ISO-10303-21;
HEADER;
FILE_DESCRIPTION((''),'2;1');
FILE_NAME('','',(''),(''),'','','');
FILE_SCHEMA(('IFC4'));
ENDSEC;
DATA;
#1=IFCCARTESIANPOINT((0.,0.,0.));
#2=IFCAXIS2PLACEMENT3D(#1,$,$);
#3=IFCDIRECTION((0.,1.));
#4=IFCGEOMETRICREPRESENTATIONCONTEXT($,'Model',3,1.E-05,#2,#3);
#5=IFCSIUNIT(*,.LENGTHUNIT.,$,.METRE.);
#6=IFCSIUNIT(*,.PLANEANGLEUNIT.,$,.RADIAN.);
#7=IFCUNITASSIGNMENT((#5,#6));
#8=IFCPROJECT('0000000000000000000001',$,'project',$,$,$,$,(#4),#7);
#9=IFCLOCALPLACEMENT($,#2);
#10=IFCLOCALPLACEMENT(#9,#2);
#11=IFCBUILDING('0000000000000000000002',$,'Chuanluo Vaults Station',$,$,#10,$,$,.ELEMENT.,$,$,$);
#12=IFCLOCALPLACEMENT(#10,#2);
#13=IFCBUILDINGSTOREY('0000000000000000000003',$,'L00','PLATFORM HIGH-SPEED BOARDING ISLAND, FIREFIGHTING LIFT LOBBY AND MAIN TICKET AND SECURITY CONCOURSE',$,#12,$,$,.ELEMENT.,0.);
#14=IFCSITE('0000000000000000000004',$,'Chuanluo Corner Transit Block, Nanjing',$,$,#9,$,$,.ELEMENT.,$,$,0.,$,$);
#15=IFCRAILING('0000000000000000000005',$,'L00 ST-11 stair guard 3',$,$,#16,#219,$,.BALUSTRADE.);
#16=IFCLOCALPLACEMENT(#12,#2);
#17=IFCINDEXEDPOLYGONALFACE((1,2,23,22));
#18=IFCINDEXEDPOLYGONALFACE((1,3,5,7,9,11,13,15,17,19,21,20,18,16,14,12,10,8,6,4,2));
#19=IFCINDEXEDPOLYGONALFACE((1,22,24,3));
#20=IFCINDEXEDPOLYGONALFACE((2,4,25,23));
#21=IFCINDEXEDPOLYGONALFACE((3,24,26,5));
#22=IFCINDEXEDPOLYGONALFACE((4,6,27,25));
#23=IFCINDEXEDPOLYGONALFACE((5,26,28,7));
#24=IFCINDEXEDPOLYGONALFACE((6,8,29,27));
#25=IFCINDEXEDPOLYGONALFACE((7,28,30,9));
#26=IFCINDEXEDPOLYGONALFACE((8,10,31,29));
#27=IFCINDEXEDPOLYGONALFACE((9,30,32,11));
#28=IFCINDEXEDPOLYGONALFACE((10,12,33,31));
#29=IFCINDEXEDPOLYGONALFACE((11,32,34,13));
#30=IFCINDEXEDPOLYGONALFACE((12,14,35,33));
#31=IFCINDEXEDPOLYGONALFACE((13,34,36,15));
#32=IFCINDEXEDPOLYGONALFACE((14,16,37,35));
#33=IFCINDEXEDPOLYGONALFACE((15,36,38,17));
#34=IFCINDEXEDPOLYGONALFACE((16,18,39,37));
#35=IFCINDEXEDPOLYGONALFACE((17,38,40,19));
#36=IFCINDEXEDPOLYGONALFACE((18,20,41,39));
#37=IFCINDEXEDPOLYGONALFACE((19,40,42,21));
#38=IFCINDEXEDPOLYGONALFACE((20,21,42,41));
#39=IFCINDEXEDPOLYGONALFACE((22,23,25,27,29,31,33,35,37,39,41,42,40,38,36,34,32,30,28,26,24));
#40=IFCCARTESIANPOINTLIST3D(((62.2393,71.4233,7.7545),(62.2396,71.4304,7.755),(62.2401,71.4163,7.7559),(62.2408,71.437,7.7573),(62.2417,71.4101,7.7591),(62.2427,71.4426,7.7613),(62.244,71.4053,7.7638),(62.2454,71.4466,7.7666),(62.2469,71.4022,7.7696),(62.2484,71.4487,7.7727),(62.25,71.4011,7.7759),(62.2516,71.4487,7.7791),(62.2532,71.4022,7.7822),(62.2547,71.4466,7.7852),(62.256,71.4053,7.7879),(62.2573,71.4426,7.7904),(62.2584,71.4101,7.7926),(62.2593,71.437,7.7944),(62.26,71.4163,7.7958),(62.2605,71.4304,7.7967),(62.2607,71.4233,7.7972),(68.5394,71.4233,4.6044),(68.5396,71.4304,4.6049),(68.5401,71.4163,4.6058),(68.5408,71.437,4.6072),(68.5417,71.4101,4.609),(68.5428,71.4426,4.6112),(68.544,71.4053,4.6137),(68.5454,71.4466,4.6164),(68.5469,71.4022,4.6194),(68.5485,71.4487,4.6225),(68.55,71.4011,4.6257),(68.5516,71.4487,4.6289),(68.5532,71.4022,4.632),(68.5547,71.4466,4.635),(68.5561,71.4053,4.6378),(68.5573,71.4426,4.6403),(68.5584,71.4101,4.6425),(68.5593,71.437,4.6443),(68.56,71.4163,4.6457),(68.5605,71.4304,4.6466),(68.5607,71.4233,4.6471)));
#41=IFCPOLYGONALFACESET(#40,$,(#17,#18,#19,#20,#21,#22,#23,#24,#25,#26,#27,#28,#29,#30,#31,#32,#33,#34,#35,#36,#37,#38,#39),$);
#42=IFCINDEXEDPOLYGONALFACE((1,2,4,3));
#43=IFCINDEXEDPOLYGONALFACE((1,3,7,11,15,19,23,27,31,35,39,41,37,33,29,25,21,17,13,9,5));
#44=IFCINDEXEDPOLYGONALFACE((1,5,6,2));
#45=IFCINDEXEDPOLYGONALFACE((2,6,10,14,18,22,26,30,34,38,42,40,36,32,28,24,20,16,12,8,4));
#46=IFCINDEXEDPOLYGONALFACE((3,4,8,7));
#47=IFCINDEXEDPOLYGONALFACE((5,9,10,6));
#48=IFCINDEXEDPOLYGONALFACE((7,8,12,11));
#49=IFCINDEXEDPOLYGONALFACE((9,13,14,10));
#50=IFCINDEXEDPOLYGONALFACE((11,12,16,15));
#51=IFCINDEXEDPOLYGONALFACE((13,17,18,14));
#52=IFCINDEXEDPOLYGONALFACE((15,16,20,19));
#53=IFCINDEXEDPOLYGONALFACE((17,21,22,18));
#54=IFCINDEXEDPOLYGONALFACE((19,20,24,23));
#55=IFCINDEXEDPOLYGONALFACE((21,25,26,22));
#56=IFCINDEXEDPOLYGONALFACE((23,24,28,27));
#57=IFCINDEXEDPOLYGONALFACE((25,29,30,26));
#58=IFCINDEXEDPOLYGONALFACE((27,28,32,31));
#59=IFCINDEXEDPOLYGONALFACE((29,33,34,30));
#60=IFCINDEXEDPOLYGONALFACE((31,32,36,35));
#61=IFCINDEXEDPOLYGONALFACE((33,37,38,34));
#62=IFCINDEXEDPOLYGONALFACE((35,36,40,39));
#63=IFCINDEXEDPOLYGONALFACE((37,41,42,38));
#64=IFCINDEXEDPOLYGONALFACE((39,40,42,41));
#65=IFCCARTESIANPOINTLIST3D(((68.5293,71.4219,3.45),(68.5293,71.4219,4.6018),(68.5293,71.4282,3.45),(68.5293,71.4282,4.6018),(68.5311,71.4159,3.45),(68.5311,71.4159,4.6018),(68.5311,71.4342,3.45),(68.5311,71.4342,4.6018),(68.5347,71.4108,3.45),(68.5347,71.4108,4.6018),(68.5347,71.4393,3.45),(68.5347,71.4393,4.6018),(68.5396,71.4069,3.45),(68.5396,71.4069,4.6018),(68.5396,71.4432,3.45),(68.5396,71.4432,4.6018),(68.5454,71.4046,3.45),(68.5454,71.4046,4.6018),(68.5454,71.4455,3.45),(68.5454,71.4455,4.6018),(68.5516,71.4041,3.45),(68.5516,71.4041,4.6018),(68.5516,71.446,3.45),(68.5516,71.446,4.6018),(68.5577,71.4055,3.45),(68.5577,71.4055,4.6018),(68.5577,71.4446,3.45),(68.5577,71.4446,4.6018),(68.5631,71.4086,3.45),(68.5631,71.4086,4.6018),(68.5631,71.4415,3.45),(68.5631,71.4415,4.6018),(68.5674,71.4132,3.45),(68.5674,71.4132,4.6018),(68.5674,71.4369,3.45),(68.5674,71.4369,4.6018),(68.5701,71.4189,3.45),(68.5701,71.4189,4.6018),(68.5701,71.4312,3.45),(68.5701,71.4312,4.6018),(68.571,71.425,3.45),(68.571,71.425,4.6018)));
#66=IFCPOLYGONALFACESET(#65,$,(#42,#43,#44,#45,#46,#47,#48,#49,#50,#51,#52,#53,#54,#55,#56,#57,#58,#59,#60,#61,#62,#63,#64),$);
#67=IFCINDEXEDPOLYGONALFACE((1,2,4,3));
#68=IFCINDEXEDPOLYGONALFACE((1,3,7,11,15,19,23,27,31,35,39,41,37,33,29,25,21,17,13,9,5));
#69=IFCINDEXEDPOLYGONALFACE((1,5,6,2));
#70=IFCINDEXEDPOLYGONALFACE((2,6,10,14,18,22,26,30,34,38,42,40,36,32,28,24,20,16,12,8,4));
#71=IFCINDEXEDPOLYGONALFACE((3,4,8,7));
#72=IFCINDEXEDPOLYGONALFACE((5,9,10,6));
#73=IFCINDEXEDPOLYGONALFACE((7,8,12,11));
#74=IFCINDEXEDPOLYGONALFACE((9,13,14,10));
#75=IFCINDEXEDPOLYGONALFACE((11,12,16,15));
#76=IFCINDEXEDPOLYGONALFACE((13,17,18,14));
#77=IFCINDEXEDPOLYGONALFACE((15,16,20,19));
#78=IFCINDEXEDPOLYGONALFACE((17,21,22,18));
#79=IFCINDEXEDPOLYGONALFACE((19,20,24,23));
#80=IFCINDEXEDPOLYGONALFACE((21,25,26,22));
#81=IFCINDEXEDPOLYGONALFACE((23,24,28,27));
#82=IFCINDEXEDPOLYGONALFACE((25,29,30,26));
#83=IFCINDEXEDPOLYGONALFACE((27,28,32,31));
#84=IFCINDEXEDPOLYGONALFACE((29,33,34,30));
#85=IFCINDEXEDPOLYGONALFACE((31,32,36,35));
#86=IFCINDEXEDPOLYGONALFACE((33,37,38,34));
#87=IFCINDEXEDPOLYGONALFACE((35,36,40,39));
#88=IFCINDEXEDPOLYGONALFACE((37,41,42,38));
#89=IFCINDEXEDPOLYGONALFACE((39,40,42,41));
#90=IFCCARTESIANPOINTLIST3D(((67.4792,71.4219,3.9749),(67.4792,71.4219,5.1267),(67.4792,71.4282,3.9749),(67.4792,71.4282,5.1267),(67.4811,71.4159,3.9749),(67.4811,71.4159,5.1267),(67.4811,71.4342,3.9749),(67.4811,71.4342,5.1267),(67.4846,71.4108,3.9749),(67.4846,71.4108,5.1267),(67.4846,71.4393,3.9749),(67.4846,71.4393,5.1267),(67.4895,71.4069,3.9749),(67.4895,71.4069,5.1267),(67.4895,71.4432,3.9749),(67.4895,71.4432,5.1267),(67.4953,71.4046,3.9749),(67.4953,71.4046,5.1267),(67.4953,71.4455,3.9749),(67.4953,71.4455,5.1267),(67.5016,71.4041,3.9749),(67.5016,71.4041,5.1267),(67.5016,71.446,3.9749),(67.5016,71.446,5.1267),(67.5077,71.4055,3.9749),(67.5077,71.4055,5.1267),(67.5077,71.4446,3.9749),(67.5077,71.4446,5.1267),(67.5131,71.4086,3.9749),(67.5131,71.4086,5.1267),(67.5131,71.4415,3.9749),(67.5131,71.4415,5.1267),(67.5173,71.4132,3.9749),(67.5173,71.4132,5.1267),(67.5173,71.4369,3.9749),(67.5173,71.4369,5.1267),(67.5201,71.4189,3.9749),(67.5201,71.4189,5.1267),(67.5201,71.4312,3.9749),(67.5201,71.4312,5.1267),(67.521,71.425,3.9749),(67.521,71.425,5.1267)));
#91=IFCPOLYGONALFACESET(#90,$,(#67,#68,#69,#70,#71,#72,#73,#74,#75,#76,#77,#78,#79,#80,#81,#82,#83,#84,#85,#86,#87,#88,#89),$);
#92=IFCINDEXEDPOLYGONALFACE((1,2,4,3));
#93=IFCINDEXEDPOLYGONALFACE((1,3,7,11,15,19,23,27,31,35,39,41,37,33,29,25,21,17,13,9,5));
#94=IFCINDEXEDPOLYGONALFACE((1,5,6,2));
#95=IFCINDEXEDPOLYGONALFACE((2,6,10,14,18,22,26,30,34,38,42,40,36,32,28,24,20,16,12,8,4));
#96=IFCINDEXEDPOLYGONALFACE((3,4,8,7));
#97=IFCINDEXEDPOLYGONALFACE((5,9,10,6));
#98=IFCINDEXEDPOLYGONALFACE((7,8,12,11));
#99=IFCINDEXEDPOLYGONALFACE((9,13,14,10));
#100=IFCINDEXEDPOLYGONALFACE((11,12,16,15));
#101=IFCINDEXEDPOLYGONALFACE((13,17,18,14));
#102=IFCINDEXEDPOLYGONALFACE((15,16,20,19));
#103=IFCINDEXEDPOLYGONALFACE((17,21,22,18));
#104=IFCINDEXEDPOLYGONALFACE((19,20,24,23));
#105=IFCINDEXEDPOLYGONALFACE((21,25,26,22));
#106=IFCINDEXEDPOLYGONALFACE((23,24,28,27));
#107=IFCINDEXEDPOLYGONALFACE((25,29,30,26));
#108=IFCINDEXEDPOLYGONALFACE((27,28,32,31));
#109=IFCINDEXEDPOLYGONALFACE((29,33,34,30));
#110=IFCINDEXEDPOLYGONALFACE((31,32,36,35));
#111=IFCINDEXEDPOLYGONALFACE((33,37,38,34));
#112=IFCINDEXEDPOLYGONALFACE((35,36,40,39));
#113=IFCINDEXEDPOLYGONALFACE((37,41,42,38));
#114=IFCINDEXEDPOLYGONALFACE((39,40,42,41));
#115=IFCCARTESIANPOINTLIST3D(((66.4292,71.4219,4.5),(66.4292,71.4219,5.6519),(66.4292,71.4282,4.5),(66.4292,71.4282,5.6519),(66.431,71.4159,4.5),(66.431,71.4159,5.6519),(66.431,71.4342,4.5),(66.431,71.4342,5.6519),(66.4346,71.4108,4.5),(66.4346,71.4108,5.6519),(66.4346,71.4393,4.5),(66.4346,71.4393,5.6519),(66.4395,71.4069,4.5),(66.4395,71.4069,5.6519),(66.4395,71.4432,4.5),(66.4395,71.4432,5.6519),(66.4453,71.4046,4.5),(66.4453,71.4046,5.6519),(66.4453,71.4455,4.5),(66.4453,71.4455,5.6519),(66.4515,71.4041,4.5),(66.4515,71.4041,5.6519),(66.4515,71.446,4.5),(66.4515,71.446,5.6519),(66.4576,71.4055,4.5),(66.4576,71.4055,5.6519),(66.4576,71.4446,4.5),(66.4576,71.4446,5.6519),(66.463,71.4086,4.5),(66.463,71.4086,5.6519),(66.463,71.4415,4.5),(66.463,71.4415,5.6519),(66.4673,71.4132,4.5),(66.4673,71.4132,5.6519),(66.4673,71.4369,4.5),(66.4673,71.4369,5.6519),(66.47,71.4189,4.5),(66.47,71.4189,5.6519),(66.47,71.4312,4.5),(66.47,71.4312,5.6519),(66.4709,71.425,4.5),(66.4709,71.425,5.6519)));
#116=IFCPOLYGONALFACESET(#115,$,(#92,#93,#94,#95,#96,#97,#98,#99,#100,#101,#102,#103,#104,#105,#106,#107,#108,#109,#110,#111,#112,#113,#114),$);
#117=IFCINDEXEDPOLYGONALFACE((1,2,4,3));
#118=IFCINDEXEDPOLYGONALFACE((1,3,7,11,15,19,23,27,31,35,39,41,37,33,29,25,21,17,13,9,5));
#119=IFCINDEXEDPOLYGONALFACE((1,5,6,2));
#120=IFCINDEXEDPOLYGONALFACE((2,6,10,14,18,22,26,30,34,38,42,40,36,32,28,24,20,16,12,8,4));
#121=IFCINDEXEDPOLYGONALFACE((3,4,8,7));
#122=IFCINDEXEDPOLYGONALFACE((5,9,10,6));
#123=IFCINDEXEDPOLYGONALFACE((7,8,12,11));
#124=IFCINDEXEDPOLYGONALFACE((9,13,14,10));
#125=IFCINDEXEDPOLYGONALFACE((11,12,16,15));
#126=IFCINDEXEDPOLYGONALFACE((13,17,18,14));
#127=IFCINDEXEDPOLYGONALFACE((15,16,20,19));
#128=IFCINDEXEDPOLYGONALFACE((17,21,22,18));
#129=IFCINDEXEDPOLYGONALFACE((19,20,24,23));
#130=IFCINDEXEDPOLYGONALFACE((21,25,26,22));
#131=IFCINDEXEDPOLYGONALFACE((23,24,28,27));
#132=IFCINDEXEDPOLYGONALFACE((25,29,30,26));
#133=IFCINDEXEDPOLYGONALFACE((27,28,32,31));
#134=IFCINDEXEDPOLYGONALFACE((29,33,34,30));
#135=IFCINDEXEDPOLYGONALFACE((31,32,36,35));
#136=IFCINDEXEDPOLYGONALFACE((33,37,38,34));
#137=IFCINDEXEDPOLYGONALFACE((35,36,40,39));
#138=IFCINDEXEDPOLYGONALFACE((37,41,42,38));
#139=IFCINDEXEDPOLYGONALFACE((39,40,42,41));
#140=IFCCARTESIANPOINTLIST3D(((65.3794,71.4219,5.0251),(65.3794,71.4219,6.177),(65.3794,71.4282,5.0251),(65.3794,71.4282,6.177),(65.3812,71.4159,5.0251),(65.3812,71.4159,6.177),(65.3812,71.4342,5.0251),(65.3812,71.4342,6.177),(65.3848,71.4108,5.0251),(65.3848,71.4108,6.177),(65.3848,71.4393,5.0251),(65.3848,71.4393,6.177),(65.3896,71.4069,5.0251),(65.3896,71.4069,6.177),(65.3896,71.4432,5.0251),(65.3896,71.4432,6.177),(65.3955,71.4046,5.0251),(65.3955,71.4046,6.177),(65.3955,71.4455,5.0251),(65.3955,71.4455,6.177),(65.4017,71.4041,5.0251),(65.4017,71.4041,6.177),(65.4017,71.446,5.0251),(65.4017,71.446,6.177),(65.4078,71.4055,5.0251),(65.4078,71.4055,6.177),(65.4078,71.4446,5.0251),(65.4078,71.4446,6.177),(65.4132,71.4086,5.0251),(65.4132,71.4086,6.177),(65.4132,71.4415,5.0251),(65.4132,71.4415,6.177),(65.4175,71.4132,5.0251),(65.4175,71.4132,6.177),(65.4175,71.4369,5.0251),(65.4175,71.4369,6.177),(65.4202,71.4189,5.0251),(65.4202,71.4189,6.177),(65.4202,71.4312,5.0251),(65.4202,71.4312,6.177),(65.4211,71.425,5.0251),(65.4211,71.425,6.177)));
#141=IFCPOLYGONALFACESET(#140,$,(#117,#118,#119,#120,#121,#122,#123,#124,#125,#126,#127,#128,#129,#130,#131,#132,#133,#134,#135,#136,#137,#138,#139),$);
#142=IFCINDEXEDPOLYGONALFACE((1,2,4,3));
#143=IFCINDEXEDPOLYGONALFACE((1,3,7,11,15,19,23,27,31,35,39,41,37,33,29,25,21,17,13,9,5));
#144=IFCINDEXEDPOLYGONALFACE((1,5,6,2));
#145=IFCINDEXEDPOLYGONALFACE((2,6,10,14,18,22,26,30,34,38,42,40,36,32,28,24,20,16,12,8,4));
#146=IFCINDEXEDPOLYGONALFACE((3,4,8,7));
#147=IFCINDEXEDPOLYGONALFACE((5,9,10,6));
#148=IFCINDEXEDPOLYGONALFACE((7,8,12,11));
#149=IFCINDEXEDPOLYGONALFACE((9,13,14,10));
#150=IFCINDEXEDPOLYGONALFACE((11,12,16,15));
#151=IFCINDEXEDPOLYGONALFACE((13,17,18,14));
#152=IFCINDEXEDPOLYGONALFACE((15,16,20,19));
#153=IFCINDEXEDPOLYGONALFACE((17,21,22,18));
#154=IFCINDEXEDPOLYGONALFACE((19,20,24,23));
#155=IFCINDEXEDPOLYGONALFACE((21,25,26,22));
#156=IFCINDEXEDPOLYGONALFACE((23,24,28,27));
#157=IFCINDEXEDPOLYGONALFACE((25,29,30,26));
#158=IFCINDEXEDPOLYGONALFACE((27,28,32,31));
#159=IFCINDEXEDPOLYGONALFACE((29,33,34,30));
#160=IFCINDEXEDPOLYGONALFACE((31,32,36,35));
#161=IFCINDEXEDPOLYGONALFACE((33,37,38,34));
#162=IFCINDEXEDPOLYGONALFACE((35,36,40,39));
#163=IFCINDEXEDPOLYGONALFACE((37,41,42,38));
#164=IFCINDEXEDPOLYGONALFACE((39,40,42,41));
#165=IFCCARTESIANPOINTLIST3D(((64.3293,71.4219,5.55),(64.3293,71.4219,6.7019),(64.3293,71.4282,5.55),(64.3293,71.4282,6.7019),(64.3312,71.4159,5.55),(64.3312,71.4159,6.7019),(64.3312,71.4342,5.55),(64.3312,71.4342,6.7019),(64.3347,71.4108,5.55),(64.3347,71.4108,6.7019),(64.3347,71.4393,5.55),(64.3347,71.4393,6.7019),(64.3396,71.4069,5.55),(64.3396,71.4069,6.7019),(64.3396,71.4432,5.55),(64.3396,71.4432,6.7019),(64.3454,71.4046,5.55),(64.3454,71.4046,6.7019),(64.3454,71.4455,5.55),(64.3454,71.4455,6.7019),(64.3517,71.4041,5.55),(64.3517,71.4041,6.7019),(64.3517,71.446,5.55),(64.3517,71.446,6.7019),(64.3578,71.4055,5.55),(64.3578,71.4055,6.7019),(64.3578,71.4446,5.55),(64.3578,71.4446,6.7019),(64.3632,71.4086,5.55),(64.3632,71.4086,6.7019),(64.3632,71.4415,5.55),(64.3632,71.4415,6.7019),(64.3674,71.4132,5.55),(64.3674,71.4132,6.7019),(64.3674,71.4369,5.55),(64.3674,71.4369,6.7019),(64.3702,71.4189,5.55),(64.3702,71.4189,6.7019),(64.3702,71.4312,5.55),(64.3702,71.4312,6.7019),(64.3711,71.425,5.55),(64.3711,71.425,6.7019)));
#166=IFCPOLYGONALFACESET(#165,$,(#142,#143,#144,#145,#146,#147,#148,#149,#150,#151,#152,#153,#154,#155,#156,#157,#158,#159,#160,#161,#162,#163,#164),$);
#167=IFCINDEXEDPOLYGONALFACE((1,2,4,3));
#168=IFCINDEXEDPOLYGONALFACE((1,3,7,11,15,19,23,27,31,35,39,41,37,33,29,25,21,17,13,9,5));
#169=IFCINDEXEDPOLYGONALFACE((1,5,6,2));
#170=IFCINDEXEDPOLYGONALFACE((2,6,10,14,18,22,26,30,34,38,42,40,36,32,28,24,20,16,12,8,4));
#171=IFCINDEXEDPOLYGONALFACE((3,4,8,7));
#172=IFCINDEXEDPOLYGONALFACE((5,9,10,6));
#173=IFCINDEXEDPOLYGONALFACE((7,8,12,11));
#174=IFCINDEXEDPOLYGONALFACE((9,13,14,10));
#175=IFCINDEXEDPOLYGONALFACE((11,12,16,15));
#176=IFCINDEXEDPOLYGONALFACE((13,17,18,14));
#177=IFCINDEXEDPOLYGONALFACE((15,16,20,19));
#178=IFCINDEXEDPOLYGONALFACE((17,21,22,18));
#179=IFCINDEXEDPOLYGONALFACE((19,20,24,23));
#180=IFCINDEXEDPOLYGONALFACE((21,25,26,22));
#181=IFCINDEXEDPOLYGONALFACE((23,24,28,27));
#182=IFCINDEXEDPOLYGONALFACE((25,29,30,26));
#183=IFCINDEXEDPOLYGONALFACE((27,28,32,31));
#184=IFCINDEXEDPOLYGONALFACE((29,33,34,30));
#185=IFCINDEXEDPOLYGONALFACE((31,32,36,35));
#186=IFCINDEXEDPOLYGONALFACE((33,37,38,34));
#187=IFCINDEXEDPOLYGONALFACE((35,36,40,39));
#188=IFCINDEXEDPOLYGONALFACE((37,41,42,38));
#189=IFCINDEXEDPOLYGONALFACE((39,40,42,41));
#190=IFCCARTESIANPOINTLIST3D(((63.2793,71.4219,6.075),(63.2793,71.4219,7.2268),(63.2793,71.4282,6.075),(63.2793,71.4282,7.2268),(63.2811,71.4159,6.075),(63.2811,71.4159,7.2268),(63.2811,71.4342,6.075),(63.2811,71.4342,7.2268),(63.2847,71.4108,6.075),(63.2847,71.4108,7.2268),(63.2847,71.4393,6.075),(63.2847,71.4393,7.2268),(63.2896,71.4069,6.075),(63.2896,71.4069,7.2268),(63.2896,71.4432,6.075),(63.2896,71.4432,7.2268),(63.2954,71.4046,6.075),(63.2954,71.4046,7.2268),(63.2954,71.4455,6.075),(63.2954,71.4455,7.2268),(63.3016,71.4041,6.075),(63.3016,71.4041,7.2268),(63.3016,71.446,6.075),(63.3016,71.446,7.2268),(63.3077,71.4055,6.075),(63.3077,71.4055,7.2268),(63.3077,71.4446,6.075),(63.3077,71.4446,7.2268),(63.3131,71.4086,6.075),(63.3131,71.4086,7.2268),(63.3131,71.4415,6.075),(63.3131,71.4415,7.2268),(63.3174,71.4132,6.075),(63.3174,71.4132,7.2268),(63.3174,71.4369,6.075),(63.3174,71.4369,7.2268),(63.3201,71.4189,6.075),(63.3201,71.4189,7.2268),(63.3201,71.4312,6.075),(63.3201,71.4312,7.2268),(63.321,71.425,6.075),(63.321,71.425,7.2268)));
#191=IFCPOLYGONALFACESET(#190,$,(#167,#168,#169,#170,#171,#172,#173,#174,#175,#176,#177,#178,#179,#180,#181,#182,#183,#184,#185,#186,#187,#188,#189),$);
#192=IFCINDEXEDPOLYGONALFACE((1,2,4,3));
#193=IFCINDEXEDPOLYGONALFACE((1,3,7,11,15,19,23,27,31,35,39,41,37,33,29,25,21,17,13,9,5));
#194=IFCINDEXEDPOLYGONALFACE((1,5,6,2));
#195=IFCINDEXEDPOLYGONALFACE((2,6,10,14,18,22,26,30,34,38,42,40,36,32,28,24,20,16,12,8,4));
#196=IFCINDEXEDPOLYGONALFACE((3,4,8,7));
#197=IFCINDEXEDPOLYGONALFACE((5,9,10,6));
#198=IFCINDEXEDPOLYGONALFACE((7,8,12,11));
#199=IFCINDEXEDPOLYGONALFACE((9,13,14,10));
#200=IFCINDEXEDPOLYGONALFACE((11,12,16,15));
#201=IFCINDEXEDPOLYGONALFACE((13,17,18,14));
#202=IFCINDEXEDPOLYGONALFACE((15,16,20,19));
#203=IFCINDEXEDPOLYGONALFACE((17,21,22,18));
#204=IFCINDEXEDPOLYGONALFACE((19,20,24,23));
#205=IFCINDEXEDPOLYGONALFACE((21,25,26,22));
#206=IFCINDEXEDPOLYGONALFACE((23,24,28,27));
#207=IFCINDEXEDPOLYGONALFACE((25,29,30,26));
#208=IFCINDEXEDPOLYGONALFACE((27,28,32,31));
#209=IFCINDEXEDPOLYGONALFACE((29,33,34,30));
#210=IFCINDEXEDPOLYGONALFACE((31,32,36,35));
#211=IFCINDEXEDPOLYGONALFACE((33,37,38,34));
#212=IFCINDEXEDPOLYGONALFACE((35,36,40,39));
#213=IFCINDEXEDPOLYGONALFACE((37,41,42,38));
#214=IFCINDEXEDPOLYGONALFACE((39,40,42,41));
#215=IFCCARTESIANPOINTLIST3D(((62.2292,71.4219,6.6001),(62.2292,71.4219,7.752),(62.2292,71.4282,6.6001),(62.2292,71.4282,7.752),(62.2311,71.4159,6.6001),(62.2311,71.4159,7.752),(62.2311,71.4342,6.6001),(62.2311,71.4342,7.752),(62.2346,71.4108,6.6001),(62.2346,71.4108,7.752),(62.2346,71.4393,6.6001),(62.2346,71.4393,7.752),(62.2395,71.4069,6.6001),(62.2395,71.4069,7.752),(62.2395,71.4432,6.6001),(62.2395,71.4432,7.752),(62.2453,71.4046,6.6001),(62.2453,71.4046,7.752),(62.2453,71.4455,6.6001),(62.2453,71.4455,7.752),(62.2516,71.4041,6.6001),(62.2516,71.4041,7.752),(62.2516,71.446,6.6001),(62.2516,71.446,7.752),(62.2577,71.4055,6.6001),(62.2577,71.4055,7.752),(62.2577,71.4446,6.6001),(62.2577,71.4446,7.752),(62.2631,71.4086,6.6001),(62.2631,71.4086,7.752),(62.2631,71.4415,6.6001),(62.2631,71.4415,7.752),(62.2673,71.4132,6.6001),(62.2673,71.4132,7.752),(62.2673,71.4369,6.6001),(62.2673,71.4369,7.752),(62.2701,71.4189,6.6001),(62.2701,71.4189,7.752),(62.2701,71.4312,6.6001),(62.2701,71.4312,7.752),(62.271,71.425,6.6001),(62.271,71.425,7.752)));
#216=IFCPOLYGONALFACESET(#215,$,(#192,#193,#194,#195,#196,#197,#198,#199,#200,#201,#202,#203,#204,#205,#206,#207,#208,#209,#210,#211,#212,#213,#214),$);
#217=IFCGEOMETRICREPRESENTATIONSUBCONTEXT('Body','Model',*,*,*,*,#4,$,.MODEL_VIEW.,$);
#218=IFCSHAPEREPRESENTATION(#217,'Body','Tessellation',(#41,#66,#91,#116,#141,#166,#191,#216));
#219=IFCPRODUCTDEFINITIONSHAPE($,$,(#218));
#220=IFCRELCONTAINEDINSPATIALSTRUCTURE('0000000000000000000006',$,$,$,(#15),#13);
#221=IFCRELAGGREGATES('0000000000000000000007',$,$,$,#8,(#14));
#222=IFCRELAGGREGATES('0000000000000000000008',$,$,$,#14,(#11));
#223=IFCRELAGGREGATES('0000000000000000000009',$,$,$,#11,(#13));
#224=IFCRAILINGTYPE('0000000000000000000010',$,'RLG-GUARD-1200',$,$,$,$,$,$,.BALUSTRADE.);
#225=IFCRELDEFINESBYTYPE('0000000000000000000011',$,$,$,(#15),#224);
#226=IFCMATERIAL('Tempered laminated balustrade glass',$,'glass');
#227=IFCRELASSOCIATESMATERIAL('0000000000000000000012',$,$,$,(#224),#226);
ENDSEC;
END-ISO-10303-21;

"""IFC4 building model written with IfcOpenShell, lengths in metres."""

from ifc_helpers import new_model, si_unit, direction, frame, origin, origin_2d, place, context, subcontext, project, spatial, circle, extrude, material, type_object, element, save


model = new_model("IFC4")

# Units and contexts
model_context = context("Model", 3, precision=1e-05, world=origin(), true_north=direction((0.0, 1.0)))
body_context = subcontext(model_context, "Body", "Model", "MODEL_VIEW")
ifc_project = project(units=[si_unit("LENGTHUNIT", "METRE"), si_unit("PLANEANGLEUNIT", "RADIAN")], contexts=[model_context])

# Site, building, storey
site_placement = place(None, origin())
site = spatial("IfcSite", under=ifc_project, at=site_placement, Name="Chuanluo Corner Transit Block, Nanjing", CompositionType="ELEMENT", RefElevation=0.0)
building_placement = place(site_placement, origin())
building = spatial("IfcBuilding", under=site, at=building_placement, Name="Chuanluo Vaults Station", CompositionType="ELEMENT")
storey_placement = place(building_placement, origin())
storey = spatial("IfcBuildingStorey", under=building, at=storey_placement, Name="L00", Description="PLATFORM HIGH-SPEED BOARDING ISLAND, FIREFIGHTING LIFT LOBBY AND MAIN TICKET AND SECURITY CONCOURSE", CompositionType="ELEMENT", Elevation=0.0)

# Railing
ifc_material_1 = material(Name="Tempered laminated balustrade glass", Category="glass")
railing_type_1 = type_object("IfcRailingType", Name="RLG-GUARD-1200", PredefinedType="BALUSTRADE", material=ifc_material_1)
railing_1_placement = place(storey_placement, frame((68.55, 71.425, 3.45)))
element("IfcRailing", 1, at=railing_1_placement, inside=storey, type_object=railing_type_1, Name="L00 ST-11 stair guard 3", PredefinedType="BALUSTRADE", context=body_context, shape_type="SweptSolid", body=[
    extrude(circle(Radius=0.0239, at=origin_2d()), frame((0.0, 0.0, 1.1758), z_axis=(-0.89442, 0.0, 0.447227), x_axis=(0.0, -1.0, 0.0)), (0.0, 0.0, 1.0), 7.0437),
    extrude(circle(Radius=0.021, at=origin_2d()), origin(), (0.0, 0.0, 1.0), 1.1519),
    extrude(circle(Radius=0.021, at=origin_2d()), frame((-1.05, 0.0, 0.5249)), (0.0, 0.0, 1.0), 1.1519),
    extrude(circle(Radius=0.021, at=origin_2d()), frame((-2.1001, 0.0, 1.05)), (0.0, 0.0, 1.0), 1.1519),
    extrude(circle(Radius=0.021, at=origin_2d()), frame((-3.1499, 0.0, 1.5752)), (0.0, 0.0, 1.0), 1.1519),
    extrude(circle(Radius=0.021, at=origin_2d()), frame((-4.2, 0.0, 2.1001)), (0.0, 0.0, 1.0), 1.1519),
    extrude(circle(Radius=0.021, at=origin_2d()), frame((-5.25, 0.0, 2.625)), (0.0, 0.0, 1.0), 1.1519),
    extrude(circle(Radius=0.021, at=origin_2d()), frame((-6.3, 0.0, 3.1501)), (0.0, 0.0, 1.0), 1.1519),
])

save(model, "model.ifc")
